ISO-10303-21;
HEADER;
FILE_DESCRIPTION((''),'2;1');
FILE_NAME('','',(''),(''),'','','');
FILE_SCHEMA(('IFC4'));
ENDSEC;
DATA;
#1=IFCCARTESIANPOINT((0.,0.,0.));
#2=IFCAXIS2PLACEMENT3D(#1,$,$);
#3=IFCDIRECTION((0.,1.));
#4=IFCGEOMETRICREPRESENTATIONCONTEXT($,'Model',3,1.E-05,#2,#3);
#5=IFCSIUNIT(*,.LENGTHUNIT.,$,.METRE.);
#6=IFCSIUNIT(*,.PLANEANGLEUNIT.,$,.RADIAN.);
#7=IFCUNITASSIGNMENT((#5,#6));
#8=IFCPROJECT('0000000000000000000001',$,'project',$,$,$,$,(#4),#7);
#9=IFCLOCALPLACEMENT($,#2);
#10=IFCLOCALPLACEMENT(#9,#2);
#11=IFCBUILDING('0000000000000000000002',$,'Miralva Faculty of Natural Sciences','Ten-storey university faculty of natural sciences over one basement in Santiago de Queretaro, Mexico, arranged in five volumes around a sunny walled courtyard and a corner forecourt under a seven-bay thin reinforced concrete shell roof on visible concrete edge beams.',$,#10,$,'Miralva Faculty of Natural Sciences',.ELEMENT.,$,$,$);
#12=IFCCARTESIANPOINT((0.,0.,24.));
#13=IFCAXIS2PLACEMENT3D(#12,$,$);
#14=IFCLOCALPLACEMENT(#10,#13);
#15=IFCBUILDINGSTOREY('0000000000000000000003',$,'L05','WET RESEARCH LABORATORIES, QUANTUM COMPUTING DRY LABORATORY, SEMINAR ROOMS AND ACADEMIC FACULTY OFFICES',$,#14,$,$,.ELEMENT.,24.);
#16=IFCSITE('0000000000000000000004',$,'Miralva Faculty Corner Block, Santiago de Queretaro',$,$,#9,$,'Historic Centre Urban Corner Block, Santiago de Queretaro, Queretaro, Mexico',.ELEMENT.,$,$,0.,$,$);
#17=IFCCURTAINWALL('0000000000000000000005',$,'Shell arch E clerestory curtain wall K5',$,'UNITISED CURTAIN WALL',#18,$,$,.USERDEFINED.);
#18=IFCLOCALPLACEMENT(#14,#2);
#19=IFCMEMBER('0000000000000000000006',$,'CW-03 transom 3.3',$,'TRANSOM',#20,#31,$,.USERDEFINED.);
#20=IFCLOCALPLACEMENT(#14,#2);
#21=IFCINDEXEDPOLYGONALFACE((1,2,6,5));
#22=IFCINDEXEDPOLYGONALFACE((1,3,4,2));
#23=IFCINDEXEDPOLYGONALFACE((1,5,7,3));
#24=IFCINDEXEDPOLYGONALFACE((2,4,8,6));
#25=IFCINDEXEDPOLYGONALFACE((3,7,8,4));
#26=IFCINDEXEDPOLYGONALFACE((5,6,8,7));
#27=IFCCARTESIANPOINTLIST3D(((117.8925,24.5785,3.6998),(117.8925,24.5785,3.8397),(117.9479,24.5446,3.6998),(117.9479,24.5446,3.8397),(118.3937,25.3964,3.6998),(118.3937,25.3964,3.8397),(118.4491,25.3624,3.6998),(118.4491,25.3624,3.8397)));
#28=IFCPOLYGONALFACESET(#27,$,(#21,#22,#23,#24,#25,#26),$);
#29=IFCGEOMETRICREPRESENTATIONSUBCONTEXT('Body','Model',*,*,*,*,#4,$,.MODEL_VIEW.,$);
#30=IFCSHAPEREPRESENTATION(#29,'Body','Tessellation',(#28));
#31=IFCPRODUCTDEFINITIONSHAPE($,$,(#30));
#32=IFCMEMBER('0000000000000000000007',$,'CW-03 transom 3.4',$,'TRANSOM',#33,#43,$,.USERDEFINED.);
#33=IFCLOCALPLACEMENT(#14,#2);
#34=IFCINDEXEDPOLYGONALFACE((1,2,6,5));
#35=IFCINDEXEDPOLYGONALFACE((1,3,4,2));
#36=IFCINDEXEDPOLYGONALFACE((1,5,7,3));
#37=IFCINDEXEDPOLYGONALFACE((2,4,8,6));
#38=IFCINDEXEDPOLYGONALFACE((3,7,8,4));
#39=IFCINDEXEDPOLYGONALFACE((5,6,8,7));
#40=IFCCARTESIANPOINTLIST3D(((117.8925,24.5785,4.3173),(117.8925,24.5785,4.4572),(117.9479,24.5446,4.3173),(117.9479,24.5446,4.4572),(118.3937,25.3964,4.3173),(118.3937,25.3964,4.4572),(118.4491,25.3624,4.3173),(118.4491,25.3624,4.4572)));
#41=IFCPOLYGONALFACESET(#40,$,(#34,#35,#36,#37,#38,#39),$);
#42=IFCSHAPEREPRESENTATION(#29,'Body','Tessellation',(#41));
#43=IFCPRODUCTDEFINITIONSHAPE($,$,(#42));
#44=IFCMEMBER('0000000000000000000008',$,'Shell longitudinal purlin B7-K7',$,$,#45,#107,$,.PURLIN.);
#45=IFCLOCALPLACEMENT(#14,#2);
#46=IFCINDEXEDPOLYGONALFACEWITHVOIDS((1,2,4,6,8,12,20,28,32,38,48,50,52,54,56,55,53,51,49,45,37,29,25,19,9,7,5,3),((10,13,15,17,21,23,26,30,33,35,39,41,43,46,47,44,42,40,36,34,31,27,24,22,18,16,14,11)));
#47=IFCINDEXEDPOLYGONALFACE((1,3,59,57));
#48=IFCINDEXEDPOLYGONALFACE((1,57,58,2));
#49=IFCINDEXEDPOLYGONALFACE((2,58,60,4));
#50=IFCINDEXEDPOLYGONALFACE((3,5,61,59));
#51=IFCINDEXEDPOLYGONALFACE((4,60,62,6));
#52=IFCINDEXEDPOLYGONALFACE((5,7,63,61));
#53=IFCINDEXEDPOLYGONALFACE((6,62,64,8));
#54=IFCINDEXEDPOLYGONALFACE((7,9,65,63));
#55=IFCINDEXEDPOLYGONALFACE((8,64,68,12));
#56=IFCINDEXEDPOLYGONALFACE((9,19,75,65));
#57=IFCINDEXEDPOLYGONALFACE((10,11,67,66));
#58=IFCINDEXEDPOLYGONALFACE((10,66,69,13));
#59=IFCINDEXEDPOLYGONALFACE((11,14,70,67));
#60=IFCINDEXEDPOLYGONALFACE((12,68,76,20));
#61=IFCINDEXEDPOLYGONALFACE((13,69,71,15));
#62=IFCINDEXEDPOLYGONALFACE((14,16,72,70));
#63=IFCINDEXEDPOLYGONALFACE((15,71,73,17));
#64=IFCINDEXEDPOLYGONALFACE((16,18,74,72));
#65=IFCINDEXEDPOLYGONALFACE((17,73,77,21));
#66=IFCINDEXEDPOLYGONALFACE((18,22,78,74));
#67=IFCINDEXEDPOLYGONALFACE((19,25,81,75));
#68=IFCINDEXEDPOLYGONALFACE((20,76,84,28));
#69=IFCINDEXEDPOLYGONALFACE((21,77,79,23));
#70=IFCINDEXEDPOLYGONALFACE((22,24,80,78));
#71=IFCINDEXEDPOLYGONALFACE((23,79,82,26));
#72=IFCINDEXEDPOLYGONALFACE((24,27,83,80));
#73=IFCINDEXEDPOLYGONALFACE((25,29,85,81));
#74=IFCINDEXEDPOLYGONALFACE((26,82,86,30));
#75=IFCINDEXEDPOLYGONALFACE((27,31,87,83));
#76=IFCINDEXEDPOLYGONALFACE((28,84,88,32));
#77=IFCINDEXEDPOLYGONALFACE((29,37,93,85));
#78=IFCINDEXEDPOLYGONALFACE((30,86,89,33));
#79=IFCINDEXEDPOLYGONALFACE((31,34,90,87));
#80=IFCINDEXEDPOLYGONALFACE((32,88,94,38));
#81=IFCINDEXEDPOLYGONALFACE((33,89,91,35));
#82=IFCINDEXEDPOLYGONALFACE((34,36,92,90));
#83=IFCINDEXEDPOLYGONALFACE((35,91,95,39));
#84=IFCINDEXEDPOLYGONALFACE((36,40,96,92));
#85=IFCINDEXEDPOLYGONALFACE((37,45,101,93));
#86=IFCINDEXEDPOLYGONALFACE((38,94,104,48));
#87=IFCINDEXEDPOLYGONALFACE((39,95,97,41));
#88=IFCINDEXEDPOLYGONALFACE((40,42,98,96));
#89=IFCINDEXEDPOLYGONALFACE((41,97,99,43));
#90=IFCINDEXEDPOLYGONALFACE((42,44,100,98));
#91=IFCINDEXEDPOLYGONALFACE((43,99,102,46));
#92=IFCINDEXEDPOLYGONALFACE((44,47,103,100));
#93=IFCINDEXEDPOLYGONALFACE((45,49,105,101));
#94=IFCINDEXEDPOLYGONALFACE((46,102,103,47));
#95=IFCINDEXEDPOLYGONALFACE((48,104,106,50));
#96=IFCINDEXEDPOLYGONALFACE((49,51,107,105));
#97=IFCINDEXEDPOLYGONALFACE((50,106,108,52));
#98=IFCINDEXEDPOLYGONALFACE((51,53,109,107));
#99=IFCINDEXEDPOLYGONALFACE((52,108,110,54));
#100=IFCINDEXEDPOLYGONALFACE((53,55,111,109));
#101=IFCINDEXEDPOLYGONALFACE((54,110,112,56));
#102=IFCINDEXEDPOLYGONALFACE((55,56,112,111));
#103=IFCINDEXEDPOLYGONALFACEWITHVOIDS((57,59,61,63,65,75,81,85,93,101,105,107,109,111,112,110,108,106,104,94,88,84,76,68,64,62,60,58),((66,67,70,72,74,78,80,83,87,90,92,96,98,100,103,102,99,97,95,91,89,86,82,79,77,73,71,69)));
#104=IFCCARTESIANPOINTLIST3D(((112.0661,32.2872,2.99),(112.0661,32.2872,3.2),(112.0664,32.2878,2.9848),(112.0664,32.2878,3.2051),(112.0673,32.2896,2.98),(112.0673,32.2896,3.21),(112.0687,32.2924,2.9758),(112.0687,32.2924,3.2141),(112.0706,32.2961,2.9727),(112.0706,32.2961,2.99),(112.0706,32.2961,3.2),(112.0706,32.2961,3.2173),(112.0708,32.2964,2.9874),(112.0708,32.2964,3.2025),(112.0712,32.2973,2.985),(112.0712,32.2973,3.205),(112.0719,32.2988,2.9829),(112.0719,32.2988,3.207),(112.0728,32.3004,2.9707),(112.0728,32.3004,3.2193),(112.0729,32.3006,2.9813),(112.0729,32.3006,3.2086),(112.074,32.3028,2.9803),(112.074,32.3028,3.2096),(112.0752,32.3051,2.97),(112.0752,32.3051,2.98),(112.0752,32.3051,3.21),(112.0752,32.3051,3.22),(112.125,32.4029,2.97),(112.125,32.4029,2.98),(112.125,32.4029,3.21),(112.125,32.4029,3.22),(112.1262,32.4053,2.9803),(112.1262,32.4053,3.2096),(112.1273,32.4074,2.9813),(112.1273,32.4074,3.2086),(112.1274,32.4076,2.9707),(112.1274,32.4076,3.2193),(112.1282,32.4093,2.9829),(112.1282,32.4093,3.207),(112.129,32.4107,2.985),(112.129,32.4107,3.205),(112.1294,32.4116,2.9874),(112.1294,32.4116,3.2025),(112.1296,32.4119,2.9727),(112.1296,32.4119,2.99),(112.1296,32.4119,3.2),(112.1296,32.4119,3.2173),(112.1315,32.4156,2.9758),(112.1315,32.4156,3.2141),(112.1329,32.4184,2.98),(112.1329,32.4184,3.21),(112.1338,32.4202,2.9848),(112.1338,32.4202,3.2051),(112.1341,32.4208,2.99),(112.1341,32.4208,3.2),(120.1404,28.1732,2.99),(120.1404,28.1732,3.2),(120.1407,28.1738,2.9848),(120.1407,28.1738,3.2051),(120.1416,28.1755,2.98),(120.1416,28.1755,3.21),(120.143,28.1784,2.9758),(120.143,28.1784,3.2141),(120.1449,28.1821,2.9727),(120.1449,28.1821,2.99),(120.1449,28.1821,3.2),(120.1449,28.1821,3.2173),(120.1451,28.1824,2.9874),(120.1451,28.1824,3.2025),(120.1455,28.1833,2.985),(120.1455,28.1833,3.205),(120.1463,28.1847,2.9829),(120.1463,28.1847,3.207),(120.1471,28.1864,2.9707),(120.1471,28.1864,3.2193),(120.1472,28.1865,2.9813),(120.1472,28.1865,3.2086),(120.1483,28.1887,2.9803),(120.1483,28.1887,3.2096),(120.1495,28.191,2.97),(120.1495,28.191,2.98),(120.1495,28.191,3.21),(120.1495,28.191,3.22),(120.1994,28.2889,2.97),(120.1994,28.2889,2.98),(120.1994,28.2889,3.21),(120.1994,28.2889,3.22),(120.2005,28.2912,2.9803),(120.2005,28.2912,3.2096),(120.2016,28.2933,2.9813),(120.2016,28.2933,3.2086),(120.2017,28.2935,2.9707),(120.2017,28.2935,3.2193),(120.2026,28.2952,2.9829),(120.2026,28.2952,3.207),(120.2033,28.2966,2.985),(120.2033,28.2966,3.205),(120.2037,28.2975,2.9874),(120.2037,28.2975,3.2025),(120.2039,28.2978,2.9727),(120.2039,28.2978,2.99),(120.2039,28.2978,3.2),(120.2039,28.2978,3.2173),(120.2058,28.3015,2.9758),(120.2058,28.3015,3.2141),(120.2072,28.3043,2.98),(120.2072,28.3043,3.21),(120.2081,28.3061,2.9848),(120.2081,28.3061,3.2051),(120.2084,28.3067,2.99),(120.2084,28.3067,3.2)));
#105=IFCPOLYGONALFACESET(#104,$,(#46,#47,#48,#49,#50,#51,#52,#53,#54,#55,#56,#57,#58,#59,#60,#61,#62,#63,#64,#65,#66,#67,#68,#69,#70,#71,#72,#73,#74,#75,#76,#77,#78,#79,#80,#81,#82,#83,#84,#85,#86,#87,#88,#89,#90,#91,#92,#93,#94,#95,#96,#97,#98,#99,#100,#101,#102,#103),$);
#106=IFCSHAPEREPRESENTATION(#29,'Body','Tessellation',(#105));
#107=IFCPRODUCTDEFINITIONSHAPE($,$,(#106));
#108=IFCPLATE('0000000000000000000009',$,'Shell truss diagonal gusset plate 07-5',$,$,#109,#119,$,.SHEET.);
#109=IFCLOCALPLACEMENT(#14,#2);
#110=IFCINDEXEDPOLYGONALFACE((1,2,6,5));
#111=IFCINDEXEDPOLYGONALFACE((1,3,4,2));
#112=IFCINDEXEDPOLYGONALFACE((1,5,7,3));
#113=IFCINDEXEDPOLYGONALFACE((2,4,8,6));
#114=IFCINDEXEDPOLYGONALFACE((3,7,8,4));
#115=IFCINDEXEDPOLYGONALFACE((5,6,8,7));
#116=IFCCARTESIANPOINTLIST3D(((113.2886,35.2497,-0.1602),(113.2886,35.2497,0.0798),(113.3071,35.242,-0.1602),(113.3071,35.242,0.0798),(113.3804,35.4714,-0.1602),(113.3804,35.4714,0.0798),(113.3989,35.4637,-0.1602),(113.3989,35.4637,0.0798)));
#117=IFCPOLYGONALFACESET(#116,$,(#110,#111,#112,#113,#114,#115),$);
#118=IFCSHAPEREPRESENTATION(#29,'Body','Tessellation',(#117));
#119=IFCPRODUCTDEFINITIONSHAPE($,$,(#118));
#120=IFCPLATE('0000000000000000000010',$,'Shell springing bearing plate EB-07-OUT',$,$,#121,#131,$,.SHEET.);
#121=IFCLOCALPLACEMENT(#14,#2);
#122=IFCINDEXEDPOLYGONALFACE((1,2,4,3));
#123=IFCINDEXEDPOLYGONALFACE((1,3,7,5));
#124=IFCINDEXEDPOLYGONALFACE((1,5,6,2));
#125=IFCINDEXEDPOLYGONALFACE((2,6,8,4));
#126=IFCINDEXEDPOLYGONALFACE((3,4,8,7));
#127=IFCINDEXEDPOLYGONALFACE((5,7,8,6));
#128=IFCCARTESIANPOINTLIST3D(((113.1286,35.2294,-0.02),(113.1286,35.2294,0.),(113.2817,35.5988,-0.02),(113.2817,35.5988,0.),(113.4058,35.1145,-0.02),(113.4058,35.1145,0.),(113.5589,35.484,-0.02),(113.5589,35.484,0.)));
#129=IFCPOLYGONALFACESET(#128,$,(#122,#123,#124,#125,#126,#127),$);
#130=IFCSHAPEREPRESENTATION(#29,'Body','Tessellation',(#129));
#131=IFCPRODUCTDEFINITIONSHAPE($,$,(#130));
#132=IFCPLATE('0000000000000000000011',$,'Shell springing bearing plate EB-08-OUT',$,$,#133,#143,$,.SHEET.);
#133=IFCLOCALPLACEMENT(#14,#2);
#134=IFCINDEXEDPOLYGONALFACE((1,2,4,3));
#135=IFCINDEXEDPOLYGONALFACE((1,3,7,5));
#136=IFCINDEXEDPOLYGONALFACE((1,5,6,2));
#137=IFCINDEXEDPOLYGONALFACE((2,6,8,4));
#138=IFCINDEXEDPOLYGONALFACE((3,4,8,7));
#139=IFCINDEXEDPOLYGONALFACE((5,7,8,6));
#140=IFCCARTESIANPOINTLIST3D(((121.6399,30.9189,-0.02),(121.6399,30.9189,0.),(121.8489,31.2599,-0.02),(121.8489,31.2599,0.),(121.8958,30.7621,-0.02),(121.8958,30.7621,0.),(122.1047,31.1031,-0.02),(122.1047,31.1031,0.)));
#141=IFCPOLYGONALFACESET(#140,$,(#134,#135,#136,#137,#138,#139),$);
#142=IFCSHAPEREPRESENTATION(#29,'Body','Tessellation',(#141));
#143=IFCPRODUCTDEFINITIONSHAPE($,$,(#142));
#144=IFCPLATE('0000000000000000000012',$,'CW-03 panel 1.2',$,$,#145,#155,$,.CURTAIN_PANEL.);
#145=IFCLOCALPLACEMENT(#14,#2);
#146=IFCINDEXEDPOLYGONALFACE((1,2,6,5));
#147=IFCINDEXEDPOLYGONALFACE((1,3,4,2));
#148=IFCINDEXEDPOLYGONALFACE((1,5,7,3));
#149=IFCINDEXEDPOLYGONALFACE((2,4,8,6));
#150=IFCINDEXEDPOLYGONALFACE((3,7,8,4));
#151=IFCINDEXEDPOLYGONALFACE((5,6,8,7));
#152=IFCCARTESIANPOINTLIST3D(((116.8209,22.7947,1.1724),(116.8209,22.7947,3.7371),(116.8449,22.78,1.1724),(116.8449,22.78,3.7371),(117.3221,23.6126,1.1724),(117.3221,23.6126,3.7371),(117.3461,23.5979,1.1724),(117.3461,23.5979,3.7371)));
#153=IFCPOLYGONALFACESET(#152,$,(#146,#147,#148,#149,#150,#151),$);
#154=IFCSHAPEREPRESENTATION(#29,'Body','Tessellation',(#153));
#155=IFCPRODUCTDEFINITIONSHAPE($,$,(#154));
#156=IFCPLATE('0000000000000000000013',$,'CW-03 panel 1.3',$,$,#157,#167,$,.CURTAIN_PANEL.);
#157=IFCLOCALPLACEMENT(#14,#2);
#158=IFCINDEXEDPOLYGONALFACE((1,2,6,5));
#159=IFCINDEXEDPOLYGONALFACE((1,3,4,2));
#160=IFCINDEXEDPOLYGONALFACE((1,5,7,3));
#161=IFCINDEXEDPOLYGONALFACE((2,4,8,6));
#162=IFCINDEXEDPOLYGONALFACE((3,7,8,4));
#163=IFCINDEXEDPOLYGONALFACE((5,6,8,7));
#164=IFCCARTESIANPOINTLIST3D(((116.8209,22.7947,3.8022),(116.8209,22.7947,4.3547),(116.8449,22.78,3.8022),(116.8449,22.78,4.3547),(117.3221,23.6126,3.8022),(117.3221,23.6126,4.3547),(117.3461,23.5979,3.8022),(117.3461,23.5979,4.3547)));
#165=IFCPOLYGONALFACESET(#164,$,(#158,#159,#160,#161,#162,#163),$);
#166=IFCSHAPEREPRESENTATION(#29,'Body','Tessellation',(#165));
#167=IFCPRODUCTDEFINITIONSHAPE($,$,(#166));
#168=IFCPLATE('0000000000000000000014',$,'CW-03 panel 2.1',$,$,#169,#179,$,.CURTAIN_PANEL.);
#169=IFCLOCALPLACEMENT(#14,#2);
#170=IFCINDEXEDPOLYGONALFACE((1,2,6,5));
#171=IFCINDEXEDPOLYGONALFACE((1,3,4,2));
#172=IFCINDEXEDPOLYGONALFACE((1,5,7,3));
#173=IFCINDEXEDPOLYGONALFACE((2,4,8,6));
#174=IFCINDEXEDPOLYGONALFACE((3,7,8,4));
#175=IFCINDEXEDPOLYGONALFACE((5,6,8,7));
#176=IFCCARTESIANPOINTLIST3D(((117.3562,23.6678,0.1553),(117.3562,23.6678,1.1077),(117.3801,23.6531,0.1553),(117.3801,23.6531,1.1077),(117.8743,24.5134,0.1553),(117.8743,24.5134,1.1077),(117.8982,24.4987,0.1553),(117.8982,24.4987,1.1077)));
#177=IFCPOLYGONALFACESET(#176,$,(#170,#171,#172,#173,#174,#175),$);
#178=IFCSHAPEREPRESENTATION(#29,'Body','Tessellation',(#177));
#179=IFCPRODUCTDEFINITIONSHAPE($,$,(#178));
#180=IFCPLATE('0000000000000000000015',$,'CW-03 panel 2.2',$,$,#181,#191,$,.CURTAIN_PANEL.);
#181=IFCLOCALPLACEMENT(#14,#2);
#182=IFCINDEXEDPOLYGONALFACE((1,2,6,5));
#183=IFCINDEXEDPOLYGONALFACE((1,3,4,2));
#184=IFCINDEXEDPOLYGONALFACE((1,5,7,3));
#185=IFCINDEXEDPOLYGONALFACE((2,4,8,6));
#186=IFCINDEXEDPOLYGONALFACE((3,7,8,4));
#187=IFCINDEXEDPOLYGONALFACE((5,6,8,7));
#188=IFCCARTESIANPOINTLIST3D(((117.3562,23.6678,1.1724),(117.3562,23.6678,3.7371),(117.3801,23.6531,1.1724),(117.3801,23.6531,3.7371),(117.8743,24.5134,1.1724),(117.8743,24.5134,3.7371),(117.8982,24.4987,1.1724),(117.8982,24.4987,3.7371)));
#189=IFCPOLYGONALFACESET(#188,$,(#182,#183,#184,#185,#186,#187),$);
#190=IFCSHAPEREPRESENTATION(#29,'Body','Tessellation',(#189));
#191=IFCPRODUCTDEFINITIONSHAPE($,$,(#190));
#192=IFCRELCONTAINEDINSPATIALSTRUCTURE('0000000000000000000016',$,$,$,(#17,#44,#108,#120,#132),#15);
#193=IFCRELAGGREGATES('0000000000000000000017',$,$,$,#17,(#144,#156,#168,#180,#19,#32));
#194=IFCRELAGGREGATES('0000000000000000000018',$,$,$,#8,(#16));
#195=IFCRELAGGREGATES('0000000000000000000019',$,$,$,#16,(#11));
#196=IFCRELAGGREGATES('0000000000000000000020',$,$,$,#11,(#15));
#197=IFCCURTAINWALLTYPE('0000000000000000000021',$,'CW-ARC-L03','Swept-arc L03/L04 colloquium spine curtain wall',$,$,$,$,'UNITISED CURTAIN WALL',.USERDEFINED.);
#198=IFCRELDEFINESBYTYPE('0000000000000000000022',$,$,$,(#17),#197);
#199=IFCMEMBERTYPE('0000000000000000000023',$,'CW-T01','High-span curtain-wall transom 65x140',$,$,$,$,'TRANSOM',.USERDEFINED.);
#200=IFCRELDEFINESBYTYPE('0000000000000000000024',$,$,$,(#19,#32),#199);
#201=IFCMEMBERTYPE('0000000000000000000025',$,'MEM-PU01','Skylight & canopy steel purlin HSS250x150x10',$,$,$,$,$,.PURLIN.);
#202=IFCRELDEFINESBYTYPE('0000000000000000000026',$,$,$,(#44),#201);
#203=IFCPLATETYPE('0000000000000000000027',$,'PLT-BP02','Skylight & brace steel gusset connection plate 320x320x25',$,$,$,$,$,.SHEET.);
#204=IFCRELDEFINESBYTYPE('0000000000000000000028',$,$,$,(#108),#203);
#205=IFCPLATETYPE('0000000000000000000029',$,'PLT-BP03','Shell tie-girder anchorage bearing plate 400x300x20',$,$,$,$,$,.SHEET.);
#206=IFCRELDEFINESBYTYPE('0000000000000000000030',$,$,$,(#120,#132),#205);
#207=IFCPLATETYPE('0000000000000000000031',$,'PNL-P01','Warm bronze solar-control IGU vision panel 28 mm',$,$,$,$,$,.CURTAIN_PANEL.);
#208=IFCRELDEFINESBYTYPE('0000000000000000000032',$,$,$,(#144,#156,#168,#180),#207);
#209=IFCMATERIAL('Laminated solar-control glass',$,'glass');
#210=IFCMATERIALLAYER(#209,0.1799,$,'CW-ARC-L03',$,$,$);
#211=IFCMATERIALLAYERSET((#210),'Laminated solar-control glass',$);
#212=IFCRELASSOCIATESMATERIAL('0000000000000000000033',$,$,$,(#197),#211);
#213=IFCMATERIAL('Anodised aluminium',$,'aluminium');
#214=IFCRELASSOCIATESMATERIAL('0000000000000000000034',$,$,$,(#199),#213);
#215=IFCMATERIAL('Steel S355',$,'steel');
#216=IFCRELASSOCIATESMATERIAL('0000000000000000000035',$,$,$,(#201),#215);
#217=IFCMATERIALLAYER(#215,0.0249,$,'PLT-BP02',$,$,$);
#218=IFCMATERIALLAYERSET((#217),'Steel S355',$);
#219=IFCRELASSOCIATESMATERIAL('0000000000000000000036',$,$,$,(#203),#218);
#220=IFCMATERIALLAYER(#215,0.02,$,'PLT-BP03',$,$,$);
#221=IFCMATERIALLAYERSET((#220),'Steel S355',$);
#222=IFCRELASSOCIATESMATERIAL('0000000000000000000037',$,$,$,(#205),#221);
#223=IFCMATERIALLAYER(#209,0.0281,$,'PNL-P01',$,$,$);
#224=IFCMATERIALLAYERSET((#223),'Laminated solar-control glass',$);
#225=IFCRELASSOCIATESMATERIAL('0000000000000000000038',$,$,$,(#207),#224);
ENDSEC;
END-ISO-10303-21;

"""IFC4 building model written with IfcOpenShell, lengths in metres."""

from ifc_helpers import new_model, si_unit, direction, frame, origin, origin_2d, place, context, subcontext, project, spatial, rectangle, hollow_rectangle, extrude, material, layer, layer_set, material_profile, profile_set, type_object, element, aggregate, save


model = new_model("IFC4")

# Units and contexts
model_context = context("Model", 3, precision=1e-05, world=origin(), true_north=direction((0.0, 1.0)))
body_context = subcontext(model_context, "Body", "Model", "MODEL_VIEW")
ifc_project = project(units=[si_unit("LENGTHUNIT", "METRE"), si_unit("PLANEANGLEUNIT", "RADIAN")], contexts=[model_context])

# Site, building, storey
site_placement = place(None, origin())
site = spatial("IfcSite", under=ifc_project, at=site_placement, Name="Miralva Faculty Corner Block, Santiago de Queretaro", LongName="Historic Centre Urban Corner Block, Santiago de Queretaro, Queretaro, Mexico", CompositionType="ELEMENT", RefElevation=0.0)
building_placement = place(site_placement, origin())
building = spatial("IfcBuilding", under=site, at=building_placement, Name="Miralva Faculty of Natural Sciences", Description="Ten-storey university faculty of natural sciences over one basement in Santiago de Queretaro, Mexico, arranged in five volumes around a sunny walled courtyard and a corner forecourt under a seven-bay thin reinforced concrete shell roof on visible concrete edge beams.", LongName="Miralva Faculty of Natural Sciences", CompositionType="ELEMENT")
storey_placement = place(building_placement, frame((0.0, 0.0, 24.0)))
storey = spatial("IfcBuildingStorey", under=building, at=storey_placement, Name="L05", Description="WET RESEARCH LABORATORIES, QUANTUM COMPUTING DRY LABORATORY, SEMINAR ROOMS AND ACADEMIC FACULTY OFFICES", CompositionType="ELEMENT", Elevation=24.0)

# Shared definitions
ifc_material_1 = material(Name="Steel S355", Category="steel")

# Curtain wall, members
ifc_material_2 = material(Name="Laminated solar-control glass", Category="glass")
ifc_layer_1 = layer(ifc_material_2, 0.1799, Name="CW-ARC-L03")
ifc_layer_set_1 = layer_set([ifc_layer_1], Name="Laminated solar-control glass")
curtain_wall_type = type_object("IfcCurtainWallType", Name="CW-ARC-L03", Description="Swept-arc L03/L04 colloquium spine curtain wall", ElementType="UNITISED CURTAIN WALL", PredefinedType="USERDEFINED", material=ifc_layer_set_1)
curtain_wall_placement = place(storey_placement, origin())
curtain_wall = element("IfcCurtainWall", 1, at=curtain_wall_placement, inside=storey, type_object=curtain_wall_type, Name="Shell arch E clerestory curtain wall K5", ObjectType="UNITISED CURTAIN WALL", PredefinedType="USERDEFINED")
ifc_material_3 = material(Name="Anodised aluminium", Category="aluminium")
ifc_material_profile_1 = material_profile(ifc_material_3, rectangle(XDim=0.0649, YDim=0.1399, at=origin_2d()), Name="TRANSOM 65x140")
ifc_profile_set_1 = profile_set([ifc_material_profile_1], Name="Anodised aluminium")
member_type_1 = type_object("IfcMemberType", Name="CW-T01", Description="High-span curtain-wall transom 65x140", ElementType="TRANSOM", PredefinedType="USERDEFINED", material=ifc_profile_set_1)
member_1_placement = place(storey_placement, frame((117.9202, 24.5615, 3.7698), z_axis=(0.52252, 0.852627, 0.0), x_axis=(-0.852627, 0.52252, 0.0)))
member_1 = element("IfcMember", 2, at=member_1_placement, type_object=member_type_1, Name="CW-03 transom 3.3", ObjectType="TRANSOM", PredefinedType="USERDEFINED", context=body_context, shape_type="SweptSolid", body=[
    extrude(rectangle(XDim=0.0649, YDim=0.1399, at=origin_2d()), origin(), (0.0, 0.0, 1.0), 0.9592),
])
member_2_placement = place(storey_placement, frame((117.9202, 24.5615, 4.3872), z_axis=(0.52252, 0.852627, 0.0), x_axis=(-0.852627, 0.52252, 0.0)))
member_2 = element("IfcMember", 3, at=member_2_placement, type_object=member_type_1, Name="CW-03 transom 3.4", ObjectType="TRANSOM", PredefinedType="USERDEFINED", context=body_context, shape_type="SweptSolid", body=[
    extrude(rectangle(XDim=0.0649, YDim=0.1399, at=origin_2d()), origin(), (0.0, 0.0, 1.0), 0.9592),
])

# Member
ifc_material_profile_2 = material_profile(ifc_material_1, hollow_rectangle(XDim=0.1499, YDim=0.25, WallThickness=0.01, InnerFilletRadius=0.01, OuterFilletRadius=0.02, at=origin_2d()), Name="HSS 250x150x10")
ifc_profile_set_2 = profile_set([ifc_material_profile_2], Name="Steel S355")
member_type_2 = type_object("IfcMemberType", Name="MEM-PU01", Description="Skylight & canopy steel purlin HSS250x150x10", PredefinedType="PURLIN", material=ifc_profile_set_2)
member_3_placement = place(storey_placement, frame((112.1001, 32.354, 3.095), z_axis=(0.891007, -0.45399, 0.0), x_axis=(0.45399, 0.891007, 0.0)))
element("IfcMember", 4, at=member_3_placement, inside=storey, type_object=member_type_2, Name="Shell longitudinal purlin B7-K7", PredefinedType="PURLIN", context=body_context, shape_type="SweptSolid", body=[
    extrude(hollow_rectangle(XDim=0.1499, YDim=0.25, WallThickness=0.01, InnerFilletRadius=0.01, OuterFilletRadius=0.02, at=origin_2d()), origin(), (0.0, 0.0, 1.0), 9.062),
])

# Plates
ifc_layer_2 = layer(ifc_material_1, 0.0249, Name="PLT-BP02")
ifc_layer_set_2 = layer_set([ifc_layer_2], Name="Steel S355")
plate_type_1 = type_object("IfcPlateType", Name="PLT-BP02", Description="Skylight & brace steel gusset connection plate 320x320x25", PredefinedType="SHEET", material=ifc_layer_set_2)
plate_1_placement = place(storey_placement, frame((113.3438, 35.3567, -0.1602), z_axis=(0.0, 0.0, 1.0), x_axis=(0.382683, 0.92388, 0.0)))
element("IfcPlate", 5, at=plate_1_placement, inside=storey, type_object=plate_type_1, Name="Shell truss diagonal gusset plate 07-5", PredefinedType="SHEET", context=body_context, shape_type="SweptSolid", body=[
    extrude(rectangle(XDim=0.24, YDim=0.02, at=origin_2d()), origin(), (0.0, 0.0, 1.0), 0.24),
])
ifc_layer_3 = layer(ifc_material_1, 0.02, Name="PLT-BP03")
ifc_layer_set_3 = layer_set([ifc_layer_3], Name="Steel S355")
plate_type_2 = type_object("IfcPlateType", Name="PLT-BP03", Description="Shell tie-girder anchorage bearing plate 400x300x20", PredefinedType="SHEET", material=ifc_layer_set_3)
for number, where, z_axis, x_axis, name in (
    (6, (113.3438, 35.3567, -0.02), (0.0, 0.0, 1.0), (0.382683, 0.92388, 0.0), "Shell springing bearing plate EB-07-OUT"),
    (7, (121.8723, 31.011, -0.02), (0.0, 0.0, 1.0), (0.522499, 0.85264, 0.0), "Shell springing bearing plate EB-08-OUT"),
):
    element("IfcPlate", number, at=place(storey_placement, frame(where, z_axis=z_axis, x_axis=x_axis)), inside=storey, type_object=plate_type_2, Name=name, PredefinedType="SHEET", context=body_context, shape_type="SweptSolid", body=[
        extrude(rectangle(XDim=0.3999, YDim=0.3, at=origin_2d()), origin(), (0.0, 0.0, 1.0), 0.02),
    ])

# Plates
ifc_layer_4 = layer(ifc_material_2, 0.0281, Name="PNL-P01")
ifc_layer_set_4 = layer_set([ifc_layer_4], Name="Laminated solar-control glass")
plate_type_3 = type_object("IfcPlateType", Name="PNL-P01", Description="Warm bronze solar-control IGU vision panel 28 mm", PredefinedType="CURTAIN_PANEL", material=ifc_layer_set_4)
plate_2_placement = place(storey_placement, frame((117.0835, 23.1963, 1.1724), z_axis=(0.0, 0.0, 1.0), x_axis=(0.52249, 0.852646, 0.0)))
plate_2 = element("IfcPlate", 8, at=plate_2_placement, type_object=plate_type_3, Name="CW-03 panel 1.2", PredefinedType="CURTAIN_PANEL", context=body_context, shape_type="SweptSolid", body=[
    extrude(rectangle(XDim=0.9592, YDim=0.0281, at=origin_2d()), origin(), (0.0, 0.0, 1.0), 2.5647),
])
plate_3_placement = place(storey_placement, frame((117.0835, 23.1963, 3.8022), z_axis=(0.0, 0.0, 1.0), x_axis=(0.52249, 0.852646, 0.0)))
plate_3 = element("IfcPlate", 9, at=plate_3_placement, type_object=plate_type_3, Name="CW-03 panel 1.3", PredefinedType="CURTAIN_PANEL", context=body_context, shape_type="SweptSolid", body=[
    extrude(rectangle(XDim=0.9592, YDim=0.0281, at=origin_2d()), origin(), (0.0, 0.0, 1.0), 0.5525),
])
plate_4_placement = place(storey_placement, frame((117.6272, 24.0833, 0.1553), z_axis=(0.0, 0.0, 1.0), x_axis=(0.52249, 0.852646, 0.0)))
plate_4 = element("IfcPlate", 10, at=plate_4_placement, type_object=plate_type_3, Name="CW-03 panel 2.1", PredefinedType="CURTAIN_PANEL", context=body_context, shape_type="SweptSolid", body=[
    extrude(rectangle(XDim=0.9917, YDim=0.0281, at=origin_2d()), origin(), (0.0, 0.0, 1.0), 0.9524),
])
plate_5_placement = place(storey_placement, frame((117.6272, 24.0833, 1.1724), z_axis=(0.0, 0.0, 1.0), x_axis=(0.52249, 0.852646, 0.0)))
plate_5 = element("IfcPlate", 11, at=plate_5_placement, type_object=plate_type_3, Name="CW-03 panel 2.2", PredefinedType="CURTAIN_PANEL", context=body_context, shape_type="SweptSolid", body=[
    extrude(rectangle(XDim=0.9917, YDim=0.0281, at=origin_2d()), origin(), (0.0, 0.0, 1.0), 2.5647),
])
aggregate(curtain_wall, [plate_2, plate_3, plate_4, plate_5, member_1, member_2])

save(model, "model.ifc")
